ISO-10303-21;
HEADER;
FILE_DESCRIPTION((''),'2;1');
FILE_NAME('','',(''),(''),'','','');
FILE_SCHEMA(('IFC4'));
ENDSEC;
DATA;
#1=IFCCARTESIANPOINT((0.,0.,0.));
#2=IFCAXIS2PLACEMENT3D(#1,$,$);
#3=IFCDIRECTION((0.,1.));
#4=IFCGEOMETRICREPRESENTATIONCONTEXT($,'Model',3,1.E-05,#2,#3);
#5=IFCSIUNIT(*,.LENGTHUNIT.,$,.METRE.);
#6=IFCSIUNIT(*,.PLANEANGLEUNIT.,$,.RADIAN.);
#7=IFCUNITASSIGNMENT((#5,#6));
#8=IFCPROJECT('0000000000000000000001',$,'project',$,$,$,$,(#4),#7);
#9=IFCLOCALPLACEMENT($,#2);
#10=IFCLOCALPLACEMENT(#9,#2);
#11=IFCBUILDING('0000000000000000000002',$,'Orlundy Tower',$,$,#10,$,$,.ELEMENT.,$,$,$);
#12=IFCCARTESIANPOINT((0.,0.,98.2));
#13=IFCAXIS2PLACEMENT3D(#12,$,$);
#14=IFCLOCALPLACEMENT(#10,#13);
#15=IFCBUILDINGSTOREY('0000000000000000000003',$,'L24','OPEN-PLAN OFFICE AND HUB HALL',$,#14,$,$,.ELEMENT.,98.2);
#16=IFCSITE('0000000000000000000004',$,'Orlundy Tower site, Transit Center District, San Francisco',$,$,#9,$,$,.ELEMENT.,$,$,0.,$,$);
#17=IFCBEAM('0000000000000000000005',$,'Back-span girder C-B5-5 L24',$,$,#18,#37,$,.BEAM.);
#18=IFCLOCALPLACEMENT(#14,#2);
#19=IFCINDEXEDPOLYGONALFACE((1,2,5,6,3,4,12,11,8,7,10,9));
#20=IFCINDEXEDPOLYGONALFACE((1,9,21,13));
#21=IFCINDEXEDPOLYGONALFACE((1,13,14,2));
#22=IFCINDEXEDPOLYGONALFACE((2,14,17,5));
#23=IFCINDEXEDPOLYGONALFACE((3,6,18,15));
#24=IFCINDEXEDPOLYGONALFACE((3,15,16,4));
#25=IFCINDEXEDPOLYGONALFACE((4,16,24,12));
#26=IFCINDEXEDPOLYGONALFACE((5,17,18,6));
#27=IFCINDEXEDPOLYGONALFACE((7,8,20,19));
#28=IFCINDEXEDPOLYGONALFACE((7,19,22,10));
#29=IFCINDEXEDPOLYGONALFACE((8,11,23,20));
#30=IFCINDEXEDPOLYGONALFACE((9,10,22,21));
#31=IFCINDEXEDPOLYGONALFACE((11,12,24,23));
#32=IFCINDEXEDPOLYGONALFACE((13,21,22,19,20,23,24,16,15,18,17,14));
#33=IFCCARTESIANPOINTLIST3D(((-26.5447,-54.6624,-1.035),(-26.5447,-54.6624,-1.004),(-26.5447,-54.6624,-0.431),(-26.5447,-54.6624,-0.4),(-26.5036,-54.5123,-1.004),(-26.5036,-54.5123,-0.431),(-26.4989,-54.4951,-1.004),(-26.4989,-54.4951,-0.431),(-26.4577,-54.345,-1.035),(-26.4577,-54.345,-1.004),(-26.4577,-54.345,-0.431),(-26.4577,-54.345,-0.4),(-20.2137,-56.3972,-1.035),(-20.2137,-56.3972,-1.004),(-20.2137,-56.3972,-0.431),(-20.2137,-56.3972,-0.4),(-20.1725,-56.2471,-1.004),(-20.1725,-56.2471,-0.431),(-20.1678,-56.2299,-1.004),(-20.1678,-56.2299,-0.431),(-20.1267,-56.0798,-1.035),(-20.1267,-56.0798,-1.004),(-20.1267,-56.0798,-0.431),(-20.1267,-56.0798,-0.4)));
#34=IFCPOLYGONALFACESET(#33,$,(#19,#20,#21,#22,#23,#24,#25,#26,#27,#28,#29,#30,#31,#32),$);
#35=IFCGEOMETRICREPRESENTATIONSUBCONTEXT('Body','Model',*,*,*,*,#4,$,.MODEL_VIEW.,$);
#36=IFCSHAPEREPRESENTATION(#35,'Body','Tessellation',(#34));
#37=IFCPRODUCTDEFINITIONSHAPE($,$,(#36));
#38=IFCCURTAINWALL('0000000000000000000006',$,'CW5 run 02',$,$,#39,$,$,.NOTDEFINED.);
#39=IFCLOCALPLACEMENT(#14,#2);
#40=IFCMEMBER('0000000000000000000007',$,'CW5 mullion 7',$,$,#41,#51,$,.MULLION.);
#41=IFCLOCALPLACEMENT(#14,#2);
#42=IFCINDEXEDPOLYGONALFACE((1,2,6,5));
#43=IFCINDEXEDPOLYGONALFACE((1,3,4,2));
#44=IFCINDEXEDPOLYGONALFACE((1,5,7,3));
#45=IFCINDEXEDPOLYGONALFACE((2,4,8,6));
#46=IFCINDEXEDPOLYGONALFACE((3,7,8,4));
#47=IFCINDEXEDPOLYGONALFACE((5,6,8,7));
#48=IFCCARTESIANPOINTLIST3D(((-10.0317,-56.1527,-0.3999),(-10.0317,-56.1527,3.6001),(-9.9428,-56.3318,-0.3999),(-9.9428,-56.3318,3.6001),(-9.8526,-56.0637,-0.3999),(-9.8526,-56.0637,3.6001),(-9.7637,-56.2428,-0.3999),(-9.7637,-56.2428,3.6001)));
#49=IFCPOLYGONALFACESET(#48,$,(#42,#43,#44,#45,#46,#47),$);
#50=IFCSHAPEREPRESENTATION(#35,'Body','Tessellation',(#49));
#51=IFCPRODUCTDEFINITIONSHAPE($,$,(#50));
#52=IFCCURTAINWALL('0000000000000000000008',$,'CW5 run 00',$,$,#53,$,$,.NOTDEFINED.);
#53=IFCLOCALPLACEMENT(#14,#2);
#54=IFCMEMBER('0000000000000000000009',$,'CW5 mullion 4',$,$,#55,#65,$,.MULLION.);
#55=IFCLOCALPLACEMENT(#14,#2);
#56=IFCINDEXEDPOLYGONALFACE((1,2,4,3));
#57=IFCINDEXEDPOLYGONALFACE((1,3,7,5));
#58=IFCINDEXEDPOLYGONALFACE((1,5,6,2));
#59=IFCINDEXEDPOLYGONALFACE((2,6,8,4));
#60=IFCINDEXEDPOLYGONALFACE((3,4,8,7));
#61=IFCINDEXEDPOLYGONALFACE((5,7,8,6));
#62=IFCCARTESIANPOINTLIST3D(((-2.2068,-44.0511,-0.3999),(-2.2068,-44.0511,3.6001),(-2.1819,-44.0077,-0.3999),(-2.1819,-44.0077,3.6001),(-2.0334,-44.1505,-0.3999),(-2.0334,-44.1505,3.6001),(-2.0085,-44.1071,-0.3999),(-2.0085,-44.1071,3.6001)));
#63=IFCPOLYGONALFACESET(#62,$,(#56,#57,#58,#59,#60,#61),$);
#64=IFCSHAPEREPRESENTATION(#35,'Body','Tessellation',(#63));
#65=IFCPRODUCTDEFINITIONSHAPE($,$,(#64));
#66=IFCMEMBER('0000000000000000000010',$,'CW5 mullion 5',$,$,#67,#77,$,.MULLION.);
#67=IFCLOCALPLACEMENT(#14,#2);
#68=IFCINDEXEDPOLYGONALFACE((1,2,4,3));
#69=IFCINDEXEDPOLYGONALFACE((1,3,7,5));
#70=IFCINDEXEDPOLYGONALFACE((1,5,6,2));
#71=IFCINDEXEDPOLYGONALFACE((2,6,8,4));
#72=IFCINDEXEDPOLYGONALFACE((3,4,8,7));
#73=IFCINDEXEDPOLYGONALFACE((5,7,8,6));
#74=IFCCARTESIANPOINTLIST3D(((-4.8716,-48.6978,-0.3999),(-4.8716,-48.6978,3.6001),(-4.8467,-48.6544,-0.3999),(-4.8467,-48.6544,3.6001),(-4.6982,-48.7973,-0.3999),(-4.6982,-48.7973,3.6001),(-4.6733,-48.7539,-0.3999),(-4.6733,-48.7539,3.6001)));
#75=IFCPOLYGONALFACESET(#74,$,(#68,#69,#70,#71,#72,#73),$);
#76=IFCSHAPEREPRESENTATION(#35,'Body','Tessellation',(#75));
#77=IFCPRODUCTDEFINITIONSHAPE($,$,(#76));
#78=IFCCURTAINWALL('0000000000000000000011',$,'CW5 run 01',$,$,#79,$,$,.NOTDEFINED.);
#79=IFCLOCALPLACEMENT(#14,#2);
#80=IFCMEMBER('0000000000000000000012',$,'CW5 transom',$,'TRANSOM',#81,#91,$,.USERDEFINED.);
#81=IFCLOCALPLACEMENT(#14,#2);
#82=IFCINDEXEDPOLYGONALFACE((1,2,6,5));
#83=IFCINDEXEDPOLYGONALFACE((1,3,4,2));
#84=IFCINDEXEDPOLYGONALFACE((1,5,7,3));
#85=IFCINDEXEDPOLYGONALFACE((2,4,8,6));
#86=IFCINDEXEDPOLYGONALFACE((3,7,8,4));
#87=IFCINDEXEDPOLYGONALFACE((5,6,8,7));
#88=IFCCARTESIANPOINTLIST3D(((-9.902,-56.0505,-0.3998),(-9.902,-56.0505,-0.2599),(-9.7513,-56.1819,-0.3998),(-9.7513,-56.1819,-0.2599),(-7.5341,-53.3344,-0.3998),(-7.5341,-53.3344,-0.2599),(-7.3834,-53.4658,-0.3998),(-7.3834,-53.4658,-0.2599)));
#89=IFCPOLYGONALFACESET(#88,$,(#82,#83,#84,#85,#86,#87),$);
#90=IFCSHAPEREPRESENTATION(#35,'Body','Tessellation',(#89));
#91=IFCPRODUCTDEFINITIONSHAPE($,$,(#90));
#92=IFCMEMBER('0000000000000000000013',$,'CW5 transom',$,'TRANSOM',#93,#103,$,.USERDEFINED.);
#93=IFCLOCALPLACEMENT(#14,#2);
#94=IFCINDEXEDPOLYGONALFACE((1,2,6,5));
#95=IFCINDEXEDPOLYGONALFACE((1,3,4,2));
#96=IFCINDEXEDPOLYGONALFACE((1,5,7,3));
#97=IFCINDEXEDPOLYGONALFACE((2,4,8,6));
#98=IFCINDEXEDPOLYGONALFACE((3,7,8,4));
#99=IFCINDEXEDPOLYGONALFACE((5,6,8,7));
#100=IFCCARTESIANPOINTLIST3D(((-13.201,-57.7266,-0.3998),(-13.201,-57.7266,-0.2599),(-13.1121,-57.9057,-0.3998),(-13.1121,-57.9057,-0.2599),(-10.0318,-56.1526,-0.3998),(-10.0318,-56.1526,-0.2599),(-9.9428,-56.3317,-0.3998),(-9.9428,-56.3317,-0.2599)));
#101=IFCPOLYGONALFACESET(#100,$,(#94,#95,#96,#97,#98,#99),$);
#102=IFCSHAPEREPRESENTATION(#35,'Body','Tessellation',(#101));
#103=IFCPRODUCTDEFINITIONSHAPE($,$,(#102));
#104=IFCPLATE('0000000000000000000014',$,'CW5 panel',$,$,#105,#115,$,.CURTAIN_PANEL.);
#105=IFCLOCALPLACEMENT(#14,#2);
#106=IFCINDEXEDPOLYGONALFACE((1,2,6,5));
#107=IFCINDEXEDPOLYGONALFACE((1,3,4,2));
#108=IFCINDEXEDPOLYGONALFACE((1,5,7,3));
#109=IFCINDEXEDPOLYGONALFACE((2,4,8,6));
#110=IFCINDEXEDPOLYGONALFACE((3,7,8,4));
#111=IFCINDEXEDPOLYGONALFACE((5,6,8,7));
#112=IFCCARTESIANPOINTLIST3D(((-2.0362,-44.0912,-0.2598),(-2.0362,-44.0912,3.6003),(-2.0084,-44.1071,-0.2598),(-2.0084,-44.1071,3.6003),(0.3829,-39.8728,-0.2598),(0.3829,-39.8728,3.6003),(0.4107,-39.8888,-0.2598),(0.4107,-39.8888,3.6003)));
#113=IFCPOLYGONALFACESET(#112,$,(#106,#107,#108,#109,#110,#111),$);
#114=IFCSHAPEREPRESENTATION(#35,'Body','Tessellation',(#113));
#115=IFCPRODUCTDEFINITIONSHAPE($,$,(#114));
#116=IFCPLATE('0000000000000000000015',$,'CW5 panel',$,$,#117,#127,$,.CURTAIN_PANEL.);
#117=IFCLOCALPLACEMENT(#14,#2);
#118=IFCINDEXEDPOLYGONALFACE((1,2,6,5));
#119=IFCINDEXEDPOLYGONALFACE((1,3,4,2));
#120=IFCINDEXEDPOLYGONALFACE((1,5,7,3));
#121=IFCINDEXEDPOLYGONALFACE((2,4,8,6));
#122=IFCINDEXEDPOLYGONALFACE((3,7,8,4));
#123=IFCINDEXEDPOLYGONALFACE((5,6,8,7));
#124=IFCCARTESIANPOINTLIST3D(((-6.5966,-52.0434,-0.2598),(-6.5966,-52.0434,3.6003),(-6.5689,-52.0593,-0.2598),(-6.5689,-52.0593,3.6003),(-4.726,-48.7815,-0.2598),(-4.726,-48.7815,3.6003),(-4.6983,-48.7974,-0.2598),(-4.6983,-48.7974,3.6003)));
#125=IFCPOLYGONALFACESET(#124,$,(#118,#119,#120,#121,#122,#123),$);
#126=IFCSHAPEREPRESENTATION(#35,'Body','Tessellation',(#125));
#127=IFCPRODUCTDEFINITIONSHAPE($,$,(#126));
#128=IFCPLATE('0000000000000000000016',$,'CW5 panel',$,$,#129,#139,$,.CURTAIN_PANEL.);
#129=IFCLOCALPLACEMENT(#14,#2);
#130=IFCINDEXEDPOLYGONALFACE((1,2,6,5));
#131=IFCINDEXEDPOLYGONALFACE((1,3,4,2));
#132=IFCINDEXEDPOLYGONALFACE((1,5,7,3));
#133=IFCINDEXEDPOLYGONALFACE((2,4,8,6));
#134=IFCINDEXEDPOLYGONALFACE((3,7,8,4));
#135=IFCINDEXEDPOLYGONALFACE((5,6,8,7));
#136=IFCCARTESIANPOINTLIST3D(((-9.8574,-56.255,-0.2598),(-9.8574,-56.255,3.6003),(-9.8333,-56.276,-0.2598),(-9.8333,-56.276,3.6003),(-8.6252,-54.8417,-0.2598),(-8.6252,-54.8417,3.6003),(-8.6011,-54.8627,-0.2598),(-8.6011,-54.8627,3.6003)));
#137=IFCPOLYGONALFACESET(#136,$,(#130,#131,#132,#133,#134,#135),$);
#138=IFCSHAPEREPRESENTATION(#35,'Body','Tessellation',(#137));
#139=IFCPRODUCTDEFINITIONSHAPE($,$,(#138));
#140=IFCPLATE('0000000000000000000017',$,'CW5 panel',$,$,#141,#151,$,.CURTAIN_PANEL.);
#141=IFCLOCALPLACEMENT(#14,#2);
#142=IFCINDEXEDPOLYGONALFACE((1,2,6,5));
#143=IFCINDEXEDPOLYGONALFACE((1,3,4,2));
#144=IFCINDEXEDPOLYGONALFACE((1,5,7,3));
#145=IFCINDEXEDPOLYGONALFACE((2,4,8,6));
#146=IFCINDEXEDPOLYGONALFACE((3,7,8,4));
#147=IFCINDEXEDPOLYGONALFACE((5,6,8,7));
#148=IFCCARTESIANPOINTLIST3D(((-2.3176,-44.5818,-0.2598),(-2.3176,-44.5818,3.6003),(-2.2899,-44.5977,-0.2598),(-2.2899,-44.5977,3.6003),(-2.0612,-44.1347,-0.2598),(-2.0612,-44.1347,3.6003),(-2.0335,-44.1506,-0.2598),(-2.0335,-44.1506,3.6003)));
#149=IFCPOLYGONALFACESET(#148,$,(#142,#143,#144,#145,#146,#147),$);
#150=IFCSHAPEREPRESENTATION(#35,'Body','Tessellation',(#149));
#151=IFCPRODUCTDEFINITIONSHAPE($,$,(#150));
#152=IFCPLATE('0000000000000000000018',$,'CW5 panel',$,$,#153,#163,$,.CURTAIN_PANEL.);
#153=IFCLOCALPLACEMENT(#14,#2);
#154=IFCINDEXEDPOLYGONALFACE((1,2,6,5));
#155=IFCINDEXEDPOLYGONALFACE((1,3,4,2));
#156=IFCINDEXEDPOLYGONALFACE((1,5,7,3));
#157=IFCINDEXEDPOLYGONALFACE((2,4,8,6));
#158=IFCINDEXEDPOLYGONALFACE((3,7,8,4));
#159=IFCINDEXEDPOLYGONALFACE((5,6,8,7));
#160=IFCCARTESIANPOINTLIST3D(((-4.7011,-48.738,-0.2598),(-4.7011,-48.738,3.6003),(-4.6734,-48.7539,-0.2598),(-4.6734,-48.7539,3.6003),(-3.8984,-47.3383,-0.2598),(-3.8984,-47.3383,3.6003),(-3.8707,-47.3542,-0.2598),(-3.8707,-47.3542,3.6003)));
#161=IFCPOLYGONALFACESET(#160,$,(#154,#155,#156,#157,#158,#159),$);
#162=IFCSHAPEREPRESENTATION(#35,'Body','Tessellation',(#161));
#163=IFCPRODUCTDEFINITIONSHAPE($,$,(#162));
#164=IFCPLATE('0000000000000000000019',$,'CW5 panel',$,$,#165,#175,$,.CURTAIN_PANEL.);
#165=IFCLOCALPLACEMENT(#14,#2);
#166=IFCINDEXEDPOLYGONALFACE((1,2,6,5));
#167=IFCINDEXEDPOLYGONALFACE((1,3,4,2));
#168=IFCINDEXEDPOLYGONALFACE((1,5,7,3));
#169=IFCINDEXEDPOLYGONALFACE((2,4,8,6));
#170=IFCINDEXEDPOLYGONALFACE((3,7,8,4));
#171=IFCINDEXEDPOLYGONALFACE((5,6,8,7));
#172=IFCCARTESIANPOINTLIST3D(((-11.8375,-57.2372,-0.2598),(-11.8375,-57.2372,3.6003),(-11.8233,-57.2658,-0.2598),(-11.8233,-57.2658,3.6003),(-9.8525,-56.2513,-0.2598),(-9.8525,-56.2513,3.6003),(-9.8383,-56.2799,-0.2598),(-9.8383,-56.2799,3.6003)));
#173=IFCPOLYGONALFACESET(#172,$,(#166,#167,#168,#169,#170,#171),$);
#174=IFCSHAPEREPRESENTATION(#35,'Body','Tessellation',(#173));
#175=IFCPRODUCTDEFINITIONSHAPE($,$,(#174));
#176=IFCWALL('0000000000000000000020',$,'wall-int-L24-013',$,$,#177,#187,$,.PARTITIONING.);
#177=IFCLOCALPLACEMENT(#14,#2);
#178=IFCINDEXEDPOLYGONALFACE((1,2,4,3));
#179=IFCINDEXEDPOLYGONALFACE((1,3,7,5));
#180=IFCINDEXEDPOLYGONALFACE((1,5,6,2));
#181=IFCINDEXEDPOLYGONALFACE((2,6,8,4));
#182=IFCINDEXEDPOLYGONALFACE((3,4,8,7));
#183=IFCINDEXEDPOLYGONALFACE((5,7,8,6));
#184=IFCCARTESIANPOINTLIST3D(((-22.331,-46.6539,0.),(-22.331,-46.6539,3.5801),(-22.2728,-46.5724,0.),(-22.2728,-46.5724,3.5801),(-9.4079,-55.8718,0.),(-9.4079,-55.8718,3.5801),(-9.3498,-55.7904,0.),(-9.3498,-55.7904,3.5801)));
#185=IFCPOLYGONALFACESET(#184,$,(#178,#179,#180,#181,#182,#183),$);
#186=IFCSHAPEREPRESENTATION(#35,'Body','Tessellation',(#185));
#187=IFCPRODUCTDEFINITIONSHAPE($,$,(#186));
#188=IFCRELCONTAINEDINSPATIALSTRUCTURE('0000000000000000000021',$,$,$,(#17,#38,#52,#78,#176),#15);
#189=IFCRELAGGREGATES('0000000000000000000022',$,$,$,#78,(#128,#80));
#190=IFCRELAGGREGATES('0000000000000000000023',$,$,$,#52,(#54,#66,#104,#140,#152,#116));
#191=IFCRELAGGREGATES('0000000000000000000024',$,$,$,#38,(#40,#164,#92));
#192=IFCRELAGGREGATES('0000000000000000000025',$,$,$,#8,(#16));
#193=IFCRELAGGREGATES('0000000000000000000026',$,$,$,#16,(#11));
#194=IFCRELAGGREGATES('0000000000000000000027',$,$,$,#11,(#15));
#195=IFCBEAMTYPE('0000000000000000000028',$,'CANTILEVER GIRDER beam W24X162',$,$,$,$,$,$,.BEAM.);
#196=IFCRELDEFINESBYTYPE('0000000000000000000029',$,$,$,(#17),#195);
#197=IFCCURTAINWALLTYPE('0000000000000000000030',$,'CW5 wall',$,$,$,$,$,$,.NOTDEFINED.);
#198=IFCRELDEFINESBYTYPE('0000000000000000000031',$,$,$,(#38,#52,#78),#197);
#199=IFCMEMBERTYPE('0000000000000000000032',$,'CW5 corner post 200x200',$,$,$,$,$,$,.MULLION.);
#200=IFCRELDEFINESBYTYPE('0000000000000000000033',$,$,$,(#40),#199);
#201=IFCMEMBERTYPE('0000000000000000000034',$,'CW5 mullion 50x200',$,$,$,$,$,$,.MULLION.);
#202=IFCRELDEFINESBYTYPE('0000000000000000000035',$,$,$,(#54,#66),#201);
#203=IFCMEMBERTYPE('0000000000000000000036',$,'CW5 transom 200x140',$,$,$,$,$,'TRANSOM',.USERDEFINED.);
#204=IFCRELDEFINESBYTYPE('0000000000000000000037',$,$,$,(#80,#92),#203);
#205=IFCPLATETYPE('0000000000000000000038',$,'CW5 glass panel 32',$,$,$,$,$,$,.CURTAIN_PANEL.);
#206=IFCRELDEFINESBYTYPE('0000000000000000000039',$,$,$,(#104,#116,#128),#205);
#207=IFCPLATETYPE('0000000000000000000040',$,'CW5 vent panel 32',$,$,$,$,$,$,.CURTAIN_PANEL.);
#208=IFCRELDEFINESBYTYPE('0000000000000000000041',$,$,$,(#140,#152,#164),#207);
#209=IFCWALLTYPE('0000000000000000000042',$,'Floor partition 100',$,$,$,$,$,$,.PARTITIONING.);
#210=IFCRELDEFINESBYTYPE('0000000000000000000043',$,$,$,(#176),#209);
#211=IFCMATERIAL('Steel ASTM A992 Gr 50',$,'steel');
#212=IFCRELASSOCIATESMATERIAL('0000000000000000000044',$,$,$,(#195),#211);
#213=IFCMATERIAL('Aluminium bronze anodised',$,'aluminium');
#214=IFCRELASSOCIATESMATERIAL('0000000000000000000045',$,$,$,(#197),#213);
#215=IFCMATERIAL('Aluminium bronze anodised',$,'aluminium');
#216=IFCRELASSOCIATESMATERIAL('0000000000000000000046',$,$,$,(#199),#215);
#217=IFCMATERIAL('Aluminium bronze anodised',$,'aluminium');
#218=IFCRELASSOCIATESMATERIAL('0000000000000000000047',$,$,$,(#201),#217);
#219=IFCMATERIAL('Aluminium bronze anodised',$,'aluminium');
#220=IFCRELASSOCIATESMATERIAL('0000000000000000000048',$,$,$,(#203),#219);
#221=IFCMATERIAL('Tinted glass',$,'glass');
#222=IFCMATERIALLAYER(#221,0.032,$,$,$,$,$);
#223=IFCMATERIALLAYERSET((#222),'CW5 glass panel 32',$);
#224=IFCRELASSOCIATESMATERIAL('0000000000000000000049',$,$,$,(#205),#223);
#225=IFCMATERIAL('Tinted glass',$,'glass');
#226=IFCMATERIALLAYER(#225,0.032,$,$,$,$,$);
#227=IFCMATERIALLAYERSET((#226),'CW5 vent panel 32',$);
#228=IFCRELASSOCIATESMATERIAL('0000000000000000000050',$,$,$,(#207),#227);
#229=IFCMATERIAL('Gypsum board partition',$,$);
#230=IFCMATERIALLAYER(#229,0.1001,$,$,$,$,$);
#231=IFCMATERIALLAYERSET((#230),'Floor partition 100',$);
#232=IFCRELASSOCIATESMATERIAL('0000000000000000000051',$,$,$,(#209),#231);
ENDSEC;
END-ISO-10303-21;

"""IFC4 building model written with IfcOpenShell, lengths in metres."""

from ifc_helpers import new_model, si_unit, direction, frame, frame_2d, origin, origin_2d, place, context, subcontext, project, spatial, rectangle, i_section, extrude, material, layer, layer_set, material_profile, profile_set, type_object, element, aggregate, save


model = new_model("IFC4")

# Units and contexts
model_context = context("Model", 3, precision=1e-05, world=origin(), true_north=direction((0.0, 1.0)))
body_context = subcontext(model_context, "Body", "Model", "MODEL_VIEW")
ifc_project = project(units=[si_unit("LENGTHUNIT", "METRE"), si_unit("PLANEANGLEUNIT", "RADIAN")], contexts=[model_context])

# Site, building, storey
site_placement = place(None, origin())
site = spatial("IfcSite", under=ifc_project, at=site_placement, Name="Orlundy Tower site, Transit Center District, San Francisco", CompositionType="ELEMENT", RefElevation=0.0)
building_placement = place(site_placement, origin())
building = spatial("IfcBuilding", under=site, at=building_placement, Name="Orlundy Tower", CompositionType="ELEMENT")
storey_placement = place(building_placement, frame((0.0, 0.0, 98.2)))
storey = spatial("IfcBuildingStorey", under=building, at=storey_placement, Name="L24", Description="OPEN-PLAN OFFICE AND HUB HALL", CompositionType="ELEMENT", Elevation=98.2)

# Beam
ifc_material_1 = material(Name="Steel ASTM A992 Gr 50", Category="steel")
ifc_material_profile_1 = material_profile(ifc_material_1, i_section(OverallWidth=0.3291, OverallDepth=0.635, WebThickness=0.0178, FlangeThickness=0.031, at=origin_2d()), Name="W24X162")
ifc_profile_set_1 = profile_set([ifc_material_profile_1], Name="Steel ASTM A992 Gr 50")
beam_type = type_object("IfcBeamType", Name="CANTILEVER GIRDER beam W24X162", PredefinedType="BEAM", material=ifc_profile_set_1)
beam_1_placement = place(storey_placement, frame((-20.1702, -56.2385, -0.7175), z_axis=(-0.964446, 0.264282, 0.0), x_axis=(-0.264282, -0.964446, 0.0)))
element("IfcBeam", 1, at=beam_1_placement, inside=storey, type_object=beam_type, Name="Back-span girder C-B5-5 L24", PredefinedType="BEAM", context=body_context, shape_type="SweptSolid", body=[
    extrude(i_section(OverallWidth=0.3291, OverallDepth=0.635, WebThickness=0.0178, FlangeThickness=0.031, at=origin_2d()), origin(), (0.0, 0.0, 1.0), 6.5645),
])

# Curtain wall, member
ifc_material_2 = material(Name="Aluminium bronze anodised", Category="aluminium")
curtain_wall_type = type_object("IfcCurtainWallType", Name="CW5 wall", PredefinedType="NOTDEFINED", material=ifc_material_2)
curtain_wall_1_placement = place(storey_placement, origin())
curtain_wall_1 = element("IfcCurtainWall", 2, at=curtain_wall_1_placement, inside=storey, type_object=curtain_wall_type, Name="CW5 run 02", PredefinedType="NOTDEFINED")
ifc_material_3 = material(Name="Aluminium bronze anodised", Category="aluminium")
ifc_material_profile_2 = material_profile(ifc_material_3, rectangle(XDim=0.2, YDim=0.2, at=origin_2d()), Name="CW5 corner post 200x200")
ifc_profile_set_2 = profile_set([ifc_material_profile_2], Name="Aluminium bronze anodised")
member_type_1 = type_object("IfcMemberType", Name="CW5 corner post 200x200", PredefinedType="MULLION", material=ifc_profile_set_2)
member_1_placement = place(storey_placement, frame((-9.8977, -56.1978, -0.3999), z_axis=(0.0, 0.0, 1.0), x_axis=(0.444838, -0.895611, 0.0)))
member_1 = element("IfcMember", 3, at=member_1_placement, type_object=member_type_1, Name="CW5 mullion 7", PredefinedType="MULLION", context=body_context, shape_type="SweptSolid", body=[
    extrude(rectangle(XDim=0.2, YDim=0.2, at=origin_2d()), origin(), (0.0, 0.0, 1.0), 4.0),
])

# Curtain wall, members
curtain_wall_2_placement = place(storey_placement, origin())
curtain_wall_2 = element("IfcCurtainWall", 4, at=curtain_wall_2_placement, inside=storey, type_object=curtain_wall_type, Name="CW5 run 00", PredefinedType="NOTDEFINED")
ifc_material_4 = material(Name="Aluminium bronze anodised", Category="aluminium")
ifc_material_profile_3 = material_profile(ifc_material_4, rectangle(XDim=0.2, YDim=0.05, at=origin_2d()), Name="CW5 mullion 50x200")
ifc_profile_set_3 = profile_set([ifc_material_profile_3], Name="Aluminium bronze anodised")
member_type_2 = type_object("IfcMemberType", Name="CW5 mullion 50x200", PredefinedType="MULLION", material=ifc_profile_set_3)
member_2_placement = place(storey_placement, frame((-2.1077, -44.0791, -0.3999), z_axis=(0.0, 0.0, 1.0), x_axis=(0.867479, -0.497473, 0.0)))
member_2 = element("IfcMember", 5, at=member_2_placement, type_object=member_type_2, Name="CW5 mullion 4", PredefinedType="MULLION", context=body_context, shape_type="SweptSolid", body=[
    extrude(rectangle(XDim=0.2, YDim=0.05, at=origin_2d()), origin(), (0.0, 0.0, 1.0), 4.0),
])
member_3_placement = place(storey_placement, frame((-4.7725, -48.7258, -0.3999), z_axis=(0.0, 0.0, 1.0), x_axis=(0.867479, -0.497473, 0.0)))
member_3 = element("IfcMember", 6, at=member_3_placement, type_object=member_type_2, Name="CW5 mullion 5", PredefinedType="MULLION", context=body_context, shape_type="SweptSolid", body=[
    extrude(rectangle(XDim=0.2, YDim=0.05, at=origin_2d()), origin(), (0.0, 0.0, 1.0), 4.0),
])

# Curtain wall, member
curtain_wall_3_placement = place(storey_placement, origin())
curtain_wall_3 = element("IfcCurtainWall", 7, at=curtain_wall_3_placement, inside=storey, type_object=curtain_wall_type, Name="CW5 run 01", PredefinedType="NOTDEFINED")
ifc_material_5 = material(Name="Aluminium bronze anodised", Category="aluminium")
ifc_material_profile_4 = material_profile(ifc_material_5, rectangle(XDim=0.2, YDim=0.1399, at=origin_2d()), Name="CW5 transom 200x140")
ifc_profile_set_4 = profile_set([ifc_material_profile_4], Name="Aluminium bronze anodised")
member_type_3 = type_object("IfcMemberType", Name="CW5 transom 200x140", ElementType="TRANSOM", PredefinedType="USERDEFINED", material=ifc_profile_set_4)
member_4_placement = place(storey_placement, frame((-7.4587, -53.4001, -0.3298), z_axis=(-0.657146, -0.753763, 0.0), x_axis=(0.753763, -0.657146, 0.0)))
member_4 = element("IfcMember", 8, at=member_4_placement, type_object=member_type_3, Name="CW5 transom", ObjectType="TRANSOM", PredefinedType="USERDEFINED", context=body_context, shape_type="SweptSolid", body=[
    extrude(rectangle(XDim=0.2, YDim=0.1399, at=origin_2d()), origin(), (0.0, 0.0, 1.0), 3.6033),
])

# Member
member_5_placement = place(storey_placement, frame((-9.9873, -56.2422, -0.3298), z_axis=(-0.895624, -0.444811, 0.0), x_axis=(0.444811, -0.895624, 0.0)))
member_5 = element("IfcMember", 9, at=member_5_placement, type_object=member_type_3, Name="CW5 transom", ObjectType="TRANSOM", PredefinedType="USERDEFINED", context=body_context, shape_type="SweptSolid", body=[
    extrude(rectangle(XDim=0.2, YDim=0.1399, at=origin_2d()), origin(), (0.0, 0.0, 1.0), 3.5386),
])

# Plates
ifc_material_6 = material(Name="Tinted glass", Category="glass")
ifc_layer_1 = layer(ifc_material_6, 0.032)
ifc_layer_set_1 = layer_set([ifc_layer_1], Name="CW5 glass panel 32")
plate_type_1 = type_object("IfcPlateType", Name="CW5 glass panel 32", PredefinedType="CURTAIN_PANEL", material=ifc_layer_set_1)
plate_1_placement = place(storey_placement, frame((-0.8127, -41.99, -0.2598), z_axis=(0.0, 0.0, 1.0), x_axis=(-0.497473, -0.867479, 0.0)))
plate_1 = element("IfcPlate", 10, at=plate_1_placement, type_object=plate_type_1, Name="CW5 panel", PredefinedType="CURTAIN_PANEL", context=body_context, shape_type="SweptSolid", body=[
    extrude(rectangle(XDim=4.8628, YDim=0.032, at=origin_2d()), origin(), (0.0, 0.0, 1.0), 3.8601),
])
plate_2_placement = place(storey_placement, frame((-5.6475, -50.4204, -0.2598), z_axis=(0.0, 0.0, 1.0), x_axis=(-0.497473, -0.867479, 0.0)))
plate_2 = element("IfcPlate", 11, at=plate_2_placement, type_object=plate_type_1, Name="CW5 panel", PredefinedType="CURTAIN_PANEL", context=body_context, shape_type="SweptSolid", body=[
    extrude(rectangle(XDim=3.7603, YDim=0.032, at=origin_2d()), origin(), (0.0, 0.0, 1.0), 3.8601),
])
plate_3_placement = place(storey_placement, frame((-9.2292, -55.5588, -0.2598), z_axis=(0.0, 0.0, 1.0), x_axis=(-0.657167, -0.753745, 0.0)))
plate_3 = element("IfcPlate", 12, at=plate_3_placement, type_object=plate_type_1, Name="CW5 panel", PredefinedType="CURTAIN_PANEL", context=body_context, shape_type="SweptSolid", body=[
    extrude(rectangle(XDim=1.875, YDim=0.032, at=origin_2d()), origin(), (0.0, 0.0, 1.0), 3.8601),
])
aggregate(curtain_wall_3, [plate_3, member_4])
ifc_material_7 = material(Name="Tinted glass", Category="glass")
ifc_layer_2 = layer(ifc_material_7, 0.032)
ifc_layer_set_2 = layer_set([ifc_layer_2], Name="CW5 vent panel 32")
plate_type_2 = type_object("IfcPlateType", Name="CW5 vent panel 32", PredefinedType="CURTAIN_PANEL", material=ifc_layer_set_2)
plate_4_placement = place(storey_placement, frame((-2.1755, -44.3662, -0.2598), z_axis=(0.0, 0.0, 1.0), x_axis=(-0.497473, -0.867479, 0.0)))
plate_4 = element("IfcPlate", 13, at=plate_4_placement, type_object=plate_type_2, Name="CW5 panel", PredefinedType="CURTAIN_PANEL", context=body_context, shape_type="SweptSolid", body=[
    extrude(rectangle(XDim=0.5154, YDim=0.032, at=origin_2d()), origin(), (0.0, 0.0, 1.0), 3.8601),
])
plate_5_placement = place(storey_placement, frame((-4.2859, -48.0461, -0.2598), z_axis=(0.0, 0.0, 1.0), x_axis=(-0.497473, -0.867479, 0.0)))
plate_5 = element("IfcPlate", 14, at=plate_5_placement, type_object=plate_type_2, Name="CW5 panel", PredefinedType="CURTAIN_PANEL", context=body_context, shape_type="SweptSolid", body=[
    extrude(rectangle(XDim=1.6135, YDim=0.032, at=origin_2d()), origin(), (0.0, 0.0, 1.0), 3.8601),
])
aggregate(curtain_wall_2, [member_2, member_3, plate_1, plate_4, plate_5, plate_2])
plate_6_placement = place(storey_placement, frame((-10.8379, -56.7585, -0.2598), z_axis=(0.0, 0.0, 1.0), x_axis=(-0.895611, -0.444838, 0.0)))
plate_6 = element("IfcPlate", 15, at=plate_6_placement, type_object=plate_type_2, Name="CW5 panel", PredefinedType="CURTAIN_PANEL", context=body_context, shape_type="SweptSolid", body=[
    extrude(rectangle(XDim=2.2163, YDim=0.032, at=origin_2d()), origin(), (0.0, 0.0, 1.0), 3.8601),
])
aggregate(curtain_wall_1, [member_1, plate_6, member_5])

# Wall
ifc_material_8 = material(Name="Gypsum board partition")
ifc_layer_3 = layer(ifc_material_8, 0.1001)
ifc_layer_set_3 = layer_set([ifc_layer_3], Name="Floor partition 100")
wall_type_1 = type_object("IfcWallType", Name="Floor partition 100", PredefinedType="PARTITIONING", material=ifc_layer_set_3)
wall_1_placement = place(storey_placement, frame((-22.302, -46.613, 0.0), z_axis=(0.0, 0.0, 1.0), x_axis=(0.814114, -0.580706, 0.0)))
element("IfcWall", 16, at=wall_1_placement, inside=storey, type_object=wall_type_1, Name="wall-int-L24-013", PredefinedType="PARTITIONING", context=body_context, shape_type="SweptSolid", body=[
    extrude(rectangle(XDim=15.8738, YDim=0.1001, at=frame_2d((7.937, 0.0))), origin(), (0.0, 0.0, 1.0), 3.5801),
])

save(model, "model.ifc")
